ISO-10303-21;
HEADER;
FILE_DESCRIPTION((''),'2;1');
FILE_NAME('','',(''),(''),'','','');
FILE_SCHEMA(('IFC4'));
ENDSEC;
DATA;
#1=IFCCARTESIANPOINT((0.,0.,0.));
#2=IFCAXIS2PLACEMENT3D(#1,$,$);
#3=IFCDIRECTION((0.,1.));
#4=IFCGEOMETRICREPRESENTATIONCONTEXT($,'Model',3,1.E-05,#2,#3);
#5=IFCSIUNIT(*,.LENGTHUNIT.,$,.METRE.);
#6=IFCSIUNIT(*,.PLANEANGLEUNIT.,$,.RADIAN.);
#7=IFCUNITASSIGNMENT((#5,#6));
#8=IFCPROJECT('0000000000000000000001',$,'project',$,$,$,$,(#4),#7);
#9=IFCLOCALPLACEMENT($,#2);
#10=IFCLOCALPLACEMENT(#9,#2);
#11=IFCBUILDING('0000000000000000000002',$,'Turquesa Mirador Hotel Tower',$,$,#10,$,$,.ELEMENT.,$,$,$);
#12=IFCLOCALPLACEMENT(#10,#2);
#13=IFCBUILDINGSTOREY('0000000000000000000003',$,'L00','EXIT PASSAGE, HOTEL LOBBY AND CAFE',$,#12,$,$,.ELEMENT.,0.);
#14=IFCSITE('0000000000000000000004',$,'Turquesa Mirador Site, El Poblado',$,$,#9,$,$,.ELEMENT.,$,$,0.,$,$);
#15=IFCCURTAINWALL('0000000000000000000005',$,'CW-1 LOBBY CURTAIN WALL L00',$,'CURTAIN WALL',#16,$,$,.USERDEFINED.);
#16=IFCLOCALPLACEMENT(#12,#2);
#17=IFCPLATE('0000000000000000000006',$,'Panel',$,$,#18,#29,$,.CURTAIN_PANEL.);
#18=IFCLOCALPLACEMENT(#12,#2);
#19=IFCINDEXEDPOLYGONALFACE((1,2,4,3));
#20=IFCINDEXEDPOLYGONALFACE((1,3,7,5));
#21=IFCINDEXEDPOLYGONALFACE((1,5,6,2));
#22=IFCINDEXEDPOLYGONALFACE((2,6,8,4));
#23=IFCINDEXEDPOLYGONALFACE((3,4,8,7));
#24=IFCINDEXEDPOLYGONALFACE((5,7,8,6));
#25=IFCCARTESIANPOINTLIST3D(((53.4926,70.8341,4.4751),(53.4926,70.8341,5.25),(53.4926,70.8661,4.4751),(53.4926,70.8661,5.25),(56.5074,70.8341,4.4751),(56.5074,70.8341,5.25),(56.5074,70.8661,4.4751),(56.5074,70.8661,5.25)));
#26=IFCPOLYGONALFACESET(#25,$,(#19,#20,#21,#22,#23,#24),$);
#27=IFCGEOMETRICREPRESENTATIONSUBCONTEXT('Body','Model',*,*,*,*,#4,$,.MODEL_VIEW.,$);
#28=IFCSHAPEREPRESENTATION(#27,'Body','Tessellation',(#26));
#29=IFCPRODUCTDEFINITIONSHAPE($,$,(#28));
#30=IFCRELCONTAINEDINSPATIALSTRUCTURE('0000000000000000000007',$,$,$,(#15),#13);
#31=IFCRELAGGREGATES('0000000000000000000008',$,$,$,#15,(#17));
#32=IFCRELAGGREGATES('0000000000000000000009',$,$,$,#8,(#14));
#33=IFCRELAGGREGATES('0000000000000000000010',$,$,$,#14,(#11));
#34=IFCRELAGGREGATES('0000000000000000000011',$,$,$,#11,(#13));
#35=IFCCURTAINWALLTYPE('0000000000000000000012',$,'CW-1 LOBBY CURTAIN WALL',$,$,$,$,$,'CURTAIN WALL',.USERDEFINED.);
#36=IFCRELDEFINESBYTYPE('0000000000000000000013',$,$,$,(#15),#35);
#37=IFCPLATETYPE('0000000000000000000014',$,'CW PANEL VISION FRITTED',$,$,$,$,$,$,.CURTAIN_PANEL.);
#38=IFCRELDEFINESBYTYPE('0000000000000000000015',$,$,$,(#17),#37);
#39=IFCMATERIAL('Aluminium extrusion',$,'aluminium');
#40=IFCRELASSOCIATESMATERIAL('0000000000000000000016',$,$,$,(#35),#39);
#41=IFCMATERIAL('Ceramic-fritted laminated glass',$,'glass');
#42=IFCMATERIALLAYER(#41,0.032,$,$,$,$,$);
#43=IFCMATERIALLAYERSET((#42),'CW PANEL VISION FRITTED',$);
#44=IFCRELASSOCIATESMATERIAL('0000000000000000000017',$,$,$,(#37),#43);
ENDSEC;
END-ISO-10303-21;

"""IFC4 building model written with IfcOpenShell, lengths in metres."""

from ifc_helpers import new_model, si_unit, direction, frame, origin, origin_2d, place, context, subcontext, project, spatial, rectangle, extrude, material, layer, layer_set, type_object, element, aggregate, save


model = new_model("IFC4")

# Units and contexts
model_context = context("Model", 3, precision=1e-05, world=origin(), true_north=direction((0.0, 1.0)))
body_context = subcontext(model_context, "Body", "Model", "MODEL_VIEW")
ifc_project = project(units=[si_unit("LENGTHUNIT", "METRE"), si_unit("PLANEANGLEUNIT", "RADIAN")], contexts=[model_context])

# Site, building, storey
site_placement = place(None, origin())
site = spatial("IfcSite", under=ifc_project, at=site_placement, Name="Turquesa Mirador Site, El Poblado", CompositionType="ELEMENT", RefElevation=0.0)
building_placement = place(site_placement, origin())
building = spatial("IfcBuilding", under=site, at=building_placement, Name="Turquesa Mirador Hotel Tower", CompositionType="ELEMENT")
storey_placement = place(building_placement, origin())
storey = spatial("IfcBuildingStorey", under=building, at=storey_placement, Name="L00", Description="EXIT PASSAGE, HOTEL LOBBY AND CAFE", CompositionType="ELEMENT", Elevation=0.0)

# Shared definitions
ifc_material_1 = material(Name="Aluminium extrusion", Category="aluminium")
curtain_wall_type = type_object("IfcCurtainWallType", Name="CW-1 LOBBY CURTAIN WALL", ElementType="CURTAIN WALL", PredefinedType="USERDEFINED", material=ifc_material_1)

# Curtain wall
curtain_wall_1_placement = place(storey_placement, origin())
curtain_wall_1 = element("IfcCurtainWall", 1, at=curtain_wall_1_placement, inside=storey, type_object=curtain_wall_type, Name="CW-1 LOBBY CURTAIN WALL L00", ObjectType="CURTAIN WALL", PredefinedType="USERDEFINED")

# Plate
ifc_material_2 = material(Name="Ceramic-fritted laminated glass", Category="glass")
ifc_layer_1 = layer(ifc_material_2, 0.032)
ifc_layer_set_1 = layer_set([ifc_layer_1], Name="CW PANEL VISION FRITTED")
plate_type_1 = type_object("IfcPlateType", Name="CW PANEL VISION FRITTED", PredefinedType="CURTAIN_PANEL", material=ifc_layer_set_1)
plate_1_placement = place(storey_placement, frame((55.0, 70.8501, 4.4751), z_axis=(0.0, 0.0, 1.0), x_axis=(-1.0, 0.0, 0.0)))
plate_1 = element("IfcPlate", 2, at=plate_1_placement, type_object=plate_type_1, Name="Panel", PredefinedType="CURTAIN_PANEL", context=body_context, shape_type="SweptSolid", body=[
    extrude(rectangle(XDim=3.0149, YDim=0.032, at=origin_2d()), origin(), (0.0, 0.0, 1.0), 0.7749),
])
aggregate(curtain_wall_1, [plate_1])

save(model, "model.ifc")
